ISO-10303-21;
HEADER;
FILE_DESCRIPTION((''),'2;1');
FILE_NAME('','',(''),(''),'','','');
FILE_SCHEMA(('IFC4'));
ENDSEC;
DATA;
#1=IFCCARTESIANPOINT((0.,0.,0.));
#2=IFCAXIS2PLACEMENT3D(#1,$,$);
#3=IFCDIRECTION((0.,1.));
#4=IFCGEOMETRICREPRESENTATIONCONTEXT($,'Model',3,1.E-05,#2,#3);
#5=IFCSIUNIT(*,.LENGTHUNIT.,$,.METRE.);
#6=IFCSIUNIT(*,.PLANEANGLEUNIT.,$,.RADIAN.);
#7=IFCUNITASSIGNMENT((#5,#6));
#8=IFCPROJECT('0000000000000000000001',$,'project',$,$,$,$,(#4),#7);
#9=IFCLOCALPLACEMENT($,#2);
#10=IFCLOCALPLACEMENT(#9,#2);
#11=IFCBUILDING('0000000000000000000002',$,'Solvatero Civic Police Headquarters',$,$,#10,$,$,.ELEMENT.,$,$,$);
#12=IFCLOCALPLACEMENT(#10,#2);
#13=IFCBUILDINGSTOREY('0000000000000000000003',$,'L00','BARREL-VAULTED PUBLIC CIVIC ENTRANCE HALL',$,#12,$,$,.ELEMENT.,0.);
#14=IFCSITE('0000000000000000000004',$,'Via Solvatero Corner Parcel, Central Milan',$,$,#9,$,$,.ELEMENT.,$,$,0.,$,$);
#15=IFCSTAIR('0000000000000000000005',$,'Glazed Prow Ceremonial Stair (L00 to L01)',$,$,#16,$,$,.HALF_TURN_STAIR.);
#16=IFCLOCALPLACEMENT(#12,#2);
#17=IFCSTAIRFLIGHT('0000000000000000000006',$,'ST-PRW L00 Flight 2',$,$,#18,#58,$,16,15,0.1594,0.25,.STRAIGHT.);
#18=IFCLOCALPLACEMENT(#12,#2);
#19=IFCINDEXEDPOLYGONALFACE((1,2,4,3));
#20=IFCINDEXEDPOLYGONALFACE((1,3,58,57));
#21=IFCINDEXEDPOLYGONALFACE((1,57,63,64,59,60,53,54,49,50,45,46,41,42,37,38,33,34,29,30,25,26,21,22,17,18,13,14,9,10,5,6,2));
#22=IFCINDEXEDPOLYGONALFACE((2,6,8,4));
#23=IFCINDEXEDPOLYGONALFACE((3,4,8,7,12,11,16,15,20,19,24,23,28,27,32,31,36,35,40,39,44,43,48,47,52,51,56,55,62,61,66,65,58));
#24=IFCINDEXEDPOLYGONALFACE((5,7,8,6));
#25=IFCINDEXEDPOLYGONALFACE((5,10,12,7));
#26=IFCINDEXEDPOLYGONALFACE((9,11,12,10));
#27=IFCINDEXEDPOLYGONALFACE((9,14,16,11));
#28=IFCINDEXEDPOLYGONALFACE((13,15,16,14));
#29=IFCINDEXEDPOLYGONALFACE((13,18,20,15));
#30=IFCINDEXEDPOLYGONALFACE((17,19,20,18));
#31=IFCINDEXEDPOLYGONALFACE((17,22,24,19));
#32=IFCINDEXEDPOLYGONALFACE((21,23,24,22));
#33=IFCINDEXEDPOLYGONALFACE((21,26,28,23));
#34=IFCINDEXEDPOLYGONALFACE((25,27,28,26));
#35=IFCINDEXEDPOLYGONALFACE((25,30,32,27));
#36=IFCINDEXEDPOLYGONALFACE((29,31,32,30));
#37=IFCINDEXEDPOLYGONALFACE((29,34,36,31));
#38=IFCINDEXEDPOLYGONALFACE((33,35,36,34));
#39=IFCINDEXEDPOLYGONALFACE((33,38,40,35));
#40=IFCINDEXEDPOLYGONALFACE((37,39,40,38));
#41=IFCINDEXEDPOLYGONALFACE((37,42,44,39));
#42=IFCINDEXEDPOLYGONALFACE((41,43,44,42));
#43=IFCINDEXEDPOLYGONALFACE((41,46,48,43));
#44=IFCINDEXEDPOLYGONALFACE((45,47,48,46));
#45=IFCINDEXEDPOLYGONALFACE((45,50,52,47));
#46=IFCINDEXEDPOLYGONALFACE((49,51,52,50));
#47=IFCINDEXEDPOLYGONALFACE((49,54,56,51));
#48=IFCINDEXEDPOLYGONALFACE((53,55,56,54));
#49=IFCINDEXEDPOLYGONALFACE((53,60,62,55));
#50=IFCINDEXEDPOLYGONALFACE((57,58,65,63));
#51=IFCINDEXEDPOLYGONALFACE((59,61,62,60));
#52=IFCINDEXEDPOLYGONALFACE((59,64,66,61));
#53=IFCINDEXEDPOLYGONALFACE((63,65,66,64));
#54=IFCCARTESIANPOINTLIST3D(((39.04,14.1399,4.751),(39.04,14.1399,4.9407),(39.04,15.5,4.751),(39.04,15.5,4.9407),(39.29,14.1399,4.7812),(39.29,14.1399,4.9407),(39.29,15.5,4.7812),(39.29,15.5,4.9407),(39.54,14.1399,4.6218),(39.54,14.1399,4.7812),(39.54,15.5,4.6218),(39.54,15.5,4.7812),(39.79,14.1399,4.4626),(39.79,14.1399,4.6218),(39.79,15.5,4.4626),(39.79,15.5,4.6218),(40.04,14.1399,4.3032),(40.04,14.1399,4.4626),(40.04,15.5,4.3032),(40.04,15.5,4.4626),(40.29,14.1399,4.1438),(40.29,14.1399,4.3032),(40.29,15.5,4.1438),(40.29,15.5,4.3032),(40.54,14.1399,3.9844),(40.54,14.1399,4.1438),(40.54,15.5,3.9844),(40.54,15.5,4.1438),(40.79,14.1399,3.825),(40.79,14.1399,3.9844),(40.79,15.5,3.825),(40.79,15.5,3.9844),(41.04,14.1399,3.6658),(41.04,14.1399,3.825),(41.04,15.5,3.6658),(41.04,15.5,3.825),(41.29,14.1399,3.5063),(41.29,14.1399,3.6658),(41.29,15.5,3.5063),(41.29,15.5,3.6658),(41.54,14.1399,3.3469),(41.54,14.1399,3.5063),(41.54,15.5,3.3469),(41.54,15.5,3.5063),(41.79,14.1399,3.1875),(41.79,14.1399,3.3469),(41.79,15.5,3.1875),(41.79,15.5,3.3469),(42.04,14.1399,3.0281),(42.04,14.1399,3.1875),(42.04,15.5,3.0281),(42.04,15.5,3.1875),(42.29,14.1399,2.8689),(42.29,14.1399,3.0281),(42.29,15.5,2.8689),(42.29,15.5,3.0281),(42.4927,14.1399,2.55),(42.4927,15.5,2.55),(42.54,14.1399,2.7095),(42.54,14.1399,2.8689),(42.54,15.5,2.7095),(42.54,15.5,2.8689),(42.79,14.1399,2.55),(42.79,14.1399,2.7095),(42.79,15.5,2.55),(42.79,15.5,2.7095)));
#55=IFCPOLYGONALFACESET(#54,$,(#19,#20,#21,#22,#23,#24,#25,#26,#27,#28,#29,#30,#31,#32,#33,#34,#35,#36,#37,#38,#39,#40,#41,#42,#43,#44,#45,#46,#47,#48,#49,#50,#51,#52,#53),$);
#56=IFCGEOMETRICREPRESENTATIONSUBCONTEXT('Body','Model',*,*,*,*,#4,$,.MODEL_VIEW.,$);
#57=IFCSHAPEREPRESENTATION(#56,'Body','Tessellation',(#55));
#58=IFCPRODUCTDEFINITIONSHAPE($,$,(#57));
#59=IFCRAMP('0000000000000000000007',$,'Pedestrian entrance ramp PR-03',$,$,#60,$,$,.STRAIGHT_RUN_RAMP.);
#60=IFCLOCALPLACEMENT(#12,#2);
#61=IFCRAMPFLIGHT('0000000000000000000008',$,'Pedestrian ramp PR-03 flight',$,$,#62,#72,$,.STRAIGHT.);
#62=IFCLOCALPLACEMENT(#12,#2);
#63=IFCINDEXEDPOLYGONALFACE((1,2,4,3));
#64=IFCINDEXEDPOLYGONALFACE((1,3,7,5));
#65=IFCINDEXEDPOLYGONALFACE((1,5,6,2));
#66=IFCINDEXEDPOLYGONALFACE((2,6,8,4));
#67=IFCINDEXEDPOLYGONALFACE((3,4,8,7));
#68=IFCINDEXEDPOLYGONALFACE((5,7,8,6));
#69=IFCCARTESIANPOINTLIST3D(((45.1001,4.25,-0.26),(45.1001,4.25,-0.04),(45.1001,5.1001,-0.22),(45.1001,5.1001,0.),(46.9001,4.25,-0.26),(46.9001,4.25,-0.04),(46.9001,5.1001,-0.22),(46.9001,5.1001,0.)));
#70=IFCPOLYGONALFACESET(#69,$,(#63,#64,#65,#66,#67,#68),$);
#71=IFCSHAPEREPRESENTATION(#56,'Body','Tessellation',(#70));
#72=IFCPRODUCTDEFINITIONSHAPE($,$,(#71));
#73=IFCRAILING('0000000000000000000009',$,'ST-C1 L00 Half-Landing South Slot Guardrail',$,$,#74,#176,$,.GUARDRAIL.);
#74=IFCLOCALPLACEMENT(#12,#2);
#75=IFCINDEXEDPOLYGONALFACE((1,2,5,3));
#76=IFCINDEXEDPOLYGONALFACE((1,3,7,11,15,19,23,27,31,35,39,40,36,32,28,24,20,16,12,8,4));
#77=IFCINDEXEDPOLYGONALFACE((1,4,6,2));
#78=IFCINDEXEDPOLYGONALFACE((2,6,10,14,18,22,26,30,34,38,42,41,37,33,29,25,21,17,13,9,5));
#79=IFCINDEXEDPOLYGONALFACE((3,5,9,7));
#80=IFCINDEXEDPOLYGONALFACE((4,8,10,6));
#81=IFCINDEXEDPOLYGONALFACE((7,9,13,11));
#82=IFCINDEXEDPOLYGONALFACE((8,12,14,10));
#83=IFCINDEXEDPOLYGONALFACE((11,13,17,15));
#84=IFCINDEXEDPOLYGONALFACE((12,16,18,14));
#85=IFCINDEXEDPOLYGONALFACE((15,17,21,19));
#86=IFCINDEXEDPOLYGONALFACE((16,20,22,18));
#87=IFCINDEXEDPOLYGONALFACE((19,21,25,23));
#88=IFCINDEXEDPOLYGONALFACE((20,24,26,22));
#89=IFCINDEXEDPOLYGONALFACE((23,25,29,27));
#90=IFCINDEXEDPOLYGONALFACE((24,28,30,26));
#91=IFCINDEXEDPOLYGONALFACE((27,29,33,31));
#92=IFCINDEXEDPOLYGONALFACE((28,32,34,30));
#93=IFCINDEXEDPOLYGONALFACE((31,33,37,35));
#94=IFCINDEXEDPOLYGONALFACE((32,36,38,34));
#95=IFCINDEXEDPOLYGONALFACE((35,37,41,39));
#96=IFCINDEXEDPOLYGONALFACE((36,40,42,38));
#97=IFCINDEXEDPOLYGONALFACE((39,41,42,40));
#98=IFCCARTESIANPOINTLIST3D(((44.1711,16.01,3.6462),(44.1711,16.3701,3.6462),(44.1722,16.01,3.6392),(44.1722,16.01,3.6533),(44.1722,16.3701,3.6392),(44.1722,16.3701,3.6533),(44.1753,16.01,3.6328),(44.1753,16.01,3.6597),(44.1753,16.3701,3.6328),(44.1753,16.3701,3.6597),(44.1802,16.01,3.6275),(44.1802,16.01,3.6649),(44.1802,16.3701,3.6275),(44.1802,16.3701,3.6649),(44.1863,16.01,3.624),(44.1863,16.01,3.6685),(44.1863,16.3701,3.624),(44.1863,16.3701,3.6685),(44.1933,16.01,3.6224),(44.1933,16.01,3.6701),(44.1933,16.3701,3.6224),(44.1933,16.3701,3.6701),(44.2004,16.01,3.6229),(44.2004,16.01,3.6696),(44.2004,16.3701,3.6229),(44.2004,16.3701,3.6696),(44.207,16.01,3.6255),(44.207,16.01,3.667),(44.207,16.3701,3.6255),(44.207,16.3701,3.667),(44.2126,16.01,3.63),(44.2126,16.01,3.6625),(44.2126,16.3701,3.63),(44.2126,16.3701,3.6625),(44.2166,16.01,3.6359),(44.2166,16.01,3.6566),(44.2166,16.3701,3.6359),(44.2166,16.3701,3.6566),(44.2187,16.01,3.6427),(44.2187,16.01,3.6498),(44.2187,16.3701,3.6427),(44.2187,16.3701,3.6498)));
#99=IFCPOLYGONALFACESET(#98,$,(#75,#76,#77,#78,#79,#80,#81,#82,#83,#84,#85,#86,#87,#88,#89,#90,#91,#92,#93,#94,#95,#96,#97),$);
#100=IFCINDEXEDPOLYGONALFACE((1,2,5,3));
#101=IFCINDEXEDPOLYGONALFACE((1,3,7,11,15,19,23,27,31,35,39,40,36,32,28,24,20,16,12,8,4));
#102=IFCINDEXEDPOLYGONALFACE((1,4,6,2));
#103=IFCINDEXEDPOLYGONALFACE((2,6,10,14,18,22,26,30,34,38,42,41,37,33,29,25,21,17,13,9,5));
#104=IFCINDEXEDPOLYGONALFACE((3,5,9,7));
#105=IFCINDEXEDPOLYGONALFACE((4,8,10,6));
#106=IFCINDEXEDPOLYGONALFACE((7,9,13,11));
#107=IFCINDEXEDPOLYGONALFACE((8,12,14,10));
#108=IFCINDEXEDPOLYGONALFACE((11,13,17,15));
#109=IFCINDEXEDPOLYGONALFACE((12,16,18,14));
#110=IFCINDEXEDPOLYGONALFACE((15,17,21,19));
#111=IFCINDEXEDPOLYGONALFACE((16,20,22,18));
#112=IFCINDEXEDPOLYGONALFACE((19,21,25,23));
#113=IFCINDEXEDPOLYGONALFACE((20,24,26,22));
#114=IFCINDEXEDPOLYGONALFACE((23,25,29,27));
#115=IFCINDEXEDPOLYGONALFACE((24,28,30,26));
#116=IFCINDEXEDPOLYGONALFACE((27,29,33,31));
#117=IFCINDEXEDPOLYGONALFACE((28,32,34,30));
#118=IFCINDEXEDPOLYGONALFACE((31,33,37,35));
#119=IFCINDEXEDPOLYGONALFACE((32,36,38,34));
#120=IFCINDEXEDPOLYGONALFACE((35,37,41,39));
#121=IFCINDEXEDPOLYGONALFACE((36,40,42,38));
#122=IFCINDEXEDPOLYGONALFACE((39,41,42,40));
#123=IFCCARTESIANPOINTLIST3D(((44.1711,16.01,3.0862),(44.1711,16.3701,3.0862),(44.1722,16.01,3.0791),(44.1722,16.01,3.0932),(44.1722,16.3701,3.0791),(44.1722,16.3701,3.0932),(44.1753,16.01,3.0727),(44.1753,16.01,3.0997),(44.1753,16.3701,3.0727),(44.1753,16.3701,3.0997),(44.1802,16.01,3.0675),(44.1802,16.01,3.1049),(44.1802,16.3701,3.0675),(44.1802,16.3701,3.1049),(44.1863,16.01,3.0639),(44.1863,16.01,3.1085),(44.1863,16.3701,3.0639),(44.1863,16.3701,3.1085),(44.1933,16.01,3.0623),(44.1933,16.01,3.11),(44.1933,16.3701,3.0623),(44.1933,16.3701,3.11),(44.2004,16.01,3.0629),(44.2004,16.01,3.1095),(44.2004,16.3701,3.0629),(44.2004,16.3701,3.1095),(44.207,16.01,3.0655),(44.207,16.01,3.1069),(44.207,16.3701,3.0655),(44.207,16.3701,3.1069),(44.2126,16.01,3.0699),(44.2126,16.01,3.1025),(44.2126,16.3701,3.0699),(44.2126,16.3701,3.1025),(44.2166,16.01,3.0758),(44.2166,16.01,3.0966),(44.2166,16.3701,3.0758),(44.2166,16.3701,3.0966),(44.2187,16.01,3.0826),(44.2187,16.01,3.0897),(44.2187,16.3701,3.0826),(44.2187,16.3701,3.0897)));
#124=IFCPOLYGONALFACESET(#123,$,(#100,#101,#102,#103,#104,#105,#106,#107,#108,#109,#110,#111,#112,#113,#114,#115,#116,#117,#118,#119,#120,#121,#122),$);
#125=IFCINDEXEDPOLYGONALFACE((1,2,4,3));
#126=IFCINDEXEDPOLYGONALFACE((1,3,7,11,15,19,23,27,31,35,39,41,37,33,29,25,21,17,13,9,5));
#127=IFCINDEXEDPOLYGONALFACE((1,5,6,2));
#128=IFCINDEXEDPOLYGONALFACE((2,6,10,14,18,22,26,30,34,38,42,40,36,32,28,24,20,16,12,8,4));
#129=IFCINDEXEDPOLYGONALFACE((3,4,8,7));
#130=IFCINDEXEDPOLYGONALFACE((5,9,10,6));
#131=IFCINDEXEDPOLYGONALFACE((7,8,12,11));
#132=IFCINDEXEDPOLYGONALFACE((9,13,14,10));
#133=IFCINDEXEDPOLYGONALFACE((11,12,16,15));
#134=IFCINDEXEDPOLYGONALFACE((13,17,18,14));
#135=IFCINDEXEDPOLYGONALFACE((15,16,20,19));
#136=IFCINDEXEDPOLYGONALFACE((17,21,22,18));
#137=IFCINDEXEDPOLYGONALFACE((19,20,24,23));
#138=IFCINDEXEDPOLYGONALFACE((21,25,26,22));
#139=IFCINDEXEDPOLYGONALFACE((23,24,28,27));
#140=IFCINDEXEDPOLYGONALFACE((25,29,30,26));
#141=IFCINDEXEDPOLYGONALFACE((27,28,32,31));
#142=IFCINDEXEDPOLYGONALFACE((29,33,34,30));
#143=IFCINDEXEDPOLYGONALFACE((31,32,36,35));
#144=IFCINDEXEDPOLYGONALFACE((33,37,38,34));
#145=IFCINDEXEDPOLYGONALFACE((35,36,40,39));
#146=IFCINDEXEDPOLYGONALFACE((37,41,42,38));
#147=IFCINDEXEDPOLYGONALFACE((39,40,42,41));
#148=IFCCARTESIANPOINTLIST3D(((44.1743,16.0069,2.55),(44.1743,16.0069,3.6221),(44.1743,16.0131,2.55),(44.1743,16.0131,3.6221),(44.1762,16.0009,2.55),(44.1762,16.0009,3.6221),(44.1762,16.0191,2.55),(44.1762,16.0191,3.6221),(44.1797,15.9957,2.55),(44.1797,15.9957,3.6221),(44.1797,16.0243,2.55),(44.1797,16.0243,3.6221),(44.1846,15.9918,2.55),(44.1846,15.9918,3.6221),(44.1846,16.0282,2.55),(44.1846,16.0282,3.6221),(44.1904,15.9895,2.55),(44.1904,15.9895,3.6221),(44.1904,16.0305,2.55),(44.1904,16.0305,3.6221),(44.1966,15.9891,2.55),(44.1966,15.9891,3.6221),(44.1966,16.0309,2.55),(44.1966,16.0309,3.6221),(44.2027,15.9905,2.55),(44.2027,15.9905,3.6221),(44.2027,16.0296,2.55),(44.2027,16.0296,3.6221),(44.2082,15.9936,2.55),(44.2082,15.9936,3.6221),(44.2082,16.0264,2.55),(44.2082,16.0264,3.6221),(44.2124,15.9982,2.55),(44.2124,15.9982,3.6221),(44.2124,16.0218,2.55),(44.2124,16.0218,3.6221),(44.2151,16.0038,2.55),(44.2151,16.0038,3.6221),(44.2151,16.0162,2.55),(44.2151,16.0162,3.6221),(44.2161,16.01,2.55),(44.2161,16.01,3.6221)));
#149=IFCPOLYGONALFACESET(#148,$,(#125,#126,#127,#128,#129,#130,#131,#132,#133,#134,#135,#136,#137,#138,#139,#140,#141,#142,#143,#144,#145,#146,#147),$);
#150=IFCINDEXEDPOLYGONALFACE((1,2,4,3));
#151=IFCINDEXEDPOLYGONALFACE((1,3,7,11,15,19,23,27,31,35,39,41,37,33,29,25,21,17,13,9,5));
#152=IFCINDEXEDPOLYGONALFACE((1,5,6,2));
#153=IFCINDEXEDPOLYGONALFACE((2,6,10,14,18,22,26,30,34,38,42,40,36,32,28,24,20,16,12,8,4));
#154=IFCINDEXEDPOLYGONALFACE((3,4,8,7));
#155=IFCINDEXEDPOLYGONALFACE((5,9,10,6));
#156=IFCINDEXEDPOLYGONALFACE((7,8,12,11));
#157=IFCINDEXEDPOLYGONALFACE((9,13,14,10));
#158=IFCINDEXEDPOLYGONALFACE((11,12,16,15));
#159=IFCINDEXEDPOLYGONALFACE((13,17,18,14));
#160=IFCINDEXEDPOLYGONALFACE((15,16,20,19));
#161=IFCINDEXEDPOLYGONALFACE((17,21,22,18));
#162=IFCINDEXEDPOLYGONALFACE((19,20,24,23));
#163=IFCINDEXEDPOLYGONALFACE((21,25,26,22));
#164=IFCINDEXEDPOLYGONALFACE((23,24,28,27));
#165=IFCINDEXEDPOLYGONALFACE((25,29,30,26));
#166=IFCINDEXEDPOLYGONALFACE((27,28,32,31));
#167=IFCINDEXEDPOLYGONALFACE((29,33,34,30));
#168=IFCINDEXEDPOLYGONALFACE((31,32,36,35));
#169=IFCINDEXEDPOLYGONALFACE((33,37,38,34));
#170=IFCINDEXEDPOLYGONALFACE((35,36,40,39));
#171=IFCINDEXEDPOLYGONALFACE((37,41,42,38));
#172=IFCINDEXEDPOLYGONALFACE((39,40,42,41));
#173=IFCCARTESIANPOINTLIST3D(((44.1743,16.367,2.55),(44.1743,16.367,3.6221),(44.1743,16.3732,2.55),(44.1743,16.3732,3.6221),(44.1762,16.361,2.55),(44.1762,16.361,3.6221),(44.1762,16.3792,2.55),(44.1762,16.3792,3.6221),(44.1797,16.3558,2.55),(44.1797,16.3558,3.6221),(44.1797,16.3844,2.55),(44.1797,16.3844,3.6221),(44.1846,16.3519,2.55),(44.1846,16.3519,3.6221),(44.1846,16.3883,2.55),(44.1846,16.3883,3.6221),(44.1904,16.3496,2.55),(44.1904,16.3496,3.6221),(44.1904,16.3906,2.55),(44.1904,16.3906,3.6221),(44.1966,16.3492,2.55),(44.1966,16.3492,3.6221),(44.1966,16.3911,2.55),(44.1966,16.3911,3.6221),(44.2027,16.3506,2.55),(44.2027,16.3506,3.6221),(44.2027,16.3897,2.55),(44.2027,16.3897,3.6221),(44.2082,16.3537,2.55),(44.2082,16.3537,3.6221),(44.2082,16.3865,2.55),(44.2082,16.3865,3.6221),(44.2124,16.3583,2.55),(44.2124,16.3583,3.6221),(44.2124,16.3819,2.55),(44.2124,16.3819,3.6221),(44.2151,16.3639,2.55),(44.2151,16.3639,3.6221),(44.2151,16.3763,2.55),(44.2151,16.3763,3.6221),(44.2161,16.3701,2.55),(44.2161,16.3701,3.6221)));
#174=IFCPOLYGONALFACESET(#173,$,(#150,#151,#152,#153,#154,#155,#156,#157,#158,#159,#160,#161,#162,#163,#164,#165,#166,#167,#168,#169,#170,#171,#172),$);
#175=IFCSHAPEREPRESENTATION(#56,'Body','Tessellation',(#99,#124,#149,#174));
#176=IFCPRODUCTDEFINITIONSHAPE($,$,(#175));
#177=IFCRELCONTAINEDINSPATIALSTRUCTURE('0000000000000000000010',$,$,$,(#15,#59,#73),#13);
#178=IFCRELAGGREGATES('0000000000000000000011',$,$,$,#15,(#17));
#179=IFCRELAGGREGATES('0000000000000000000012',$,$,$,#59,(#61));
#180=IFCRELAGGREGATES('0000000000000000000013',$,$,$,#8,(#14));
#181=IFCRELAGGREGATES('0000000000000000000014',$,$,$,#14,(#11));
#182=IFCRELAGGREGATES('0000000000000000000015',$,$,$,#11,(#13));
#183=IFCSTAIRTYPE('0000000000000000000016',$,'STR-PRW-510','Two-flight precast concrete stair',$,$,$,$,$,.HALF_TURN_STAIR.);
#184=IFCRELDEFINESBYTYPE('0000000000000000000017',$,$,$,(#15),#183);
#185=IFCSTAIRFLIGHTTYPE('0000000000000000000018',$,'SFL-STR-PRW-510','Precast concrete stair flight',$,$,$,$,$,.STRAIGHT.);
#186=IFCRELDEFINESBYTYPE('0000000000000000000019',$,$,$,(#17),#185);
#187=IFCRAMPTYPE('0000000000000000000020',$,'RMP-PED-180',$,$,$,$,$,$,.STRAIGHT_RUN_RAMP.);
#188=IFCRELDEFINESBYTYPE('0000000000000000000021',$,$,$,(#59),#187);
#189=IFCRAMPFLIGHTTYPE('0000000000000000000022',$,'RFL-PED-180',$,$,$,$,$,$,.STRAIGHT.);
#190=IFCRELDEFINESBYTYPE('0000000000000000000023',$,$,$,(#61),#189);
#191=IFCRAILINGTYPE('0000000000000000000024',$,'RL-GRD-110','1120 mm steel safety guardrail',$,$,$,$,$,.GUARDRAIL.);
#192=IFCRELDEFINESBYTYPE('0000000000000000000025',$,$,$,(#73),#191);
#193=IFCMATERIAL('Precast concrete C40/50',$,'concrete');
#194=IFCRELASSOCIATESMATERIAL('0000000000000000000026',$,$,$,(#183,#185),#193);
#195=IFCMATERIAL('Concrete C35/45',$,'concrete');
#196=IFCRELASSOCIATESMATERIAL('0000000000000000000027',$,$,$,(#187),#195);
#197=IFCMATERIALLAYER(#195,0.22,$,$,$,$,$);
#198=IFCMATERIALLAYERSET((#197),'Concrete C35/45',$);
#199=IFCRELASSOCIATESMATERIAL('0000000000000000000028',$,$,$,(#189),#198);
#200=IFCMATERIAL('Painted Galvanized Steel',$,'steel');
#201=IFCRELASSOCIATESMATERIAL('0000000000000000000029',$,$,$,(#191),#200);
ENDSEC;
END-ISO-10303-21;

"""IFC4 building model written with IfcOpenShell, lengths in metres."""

from ifc_helpers import new_model, si_unit, direction, frame, origin, origin_2d, place, context, subcontext, project, spatial, polyline, circle, outline, extrude, material, layer, layer_set, type_object, element, aggregate, save


model = new_model("IFC4")

# Units and contexts
model_context = context("Model", 3, precision=1e-05, world=origin(), true_north=direction((0.0, 1.0)))
body_context = subcontext(model_context, "Body", "Model", "MODEL_VIEW")
ifc_project = project(units=[si_unit("LENGTHUNIT", "METRE"), si_unit("PLANEANGLEUNIT", "RADIAN")], contexts=[model_context])

# Site, building, storey
site_placement = place(None, origin())
site = spatial("IfcSite", under=ifc_project, at=site_placement, Name="Via Solvatero Corner Parcel, Central Milan", CompositionType="ELEMENT", RefElevation=0.0)
building_placement = place(site_placement, origin())
building = spatial("IfcBuilding", under=site, at=building_placement, Name="Solvatero Civic Police Headquarters", CompositionType="ELEMENT")
storey_placement = place(building_placement, origin())
storey = spatial("IfcBuildingStorey", under=building, at=storey_placement, Name="L00", Description="BARREL-VAULTED PUBLIC CIVIC ENTRANCE HALL", CompositionType="ELEMENT", Elevation=0.0)

# Shared definitions
ifc_material_1 = material(Name="Concrete C35/45", Category="concrete")

# Stair, stair flight
ifc_material_2 = material(Name="Precast concrete C40/50", Category="concrete")
stair_type = type_object("IfcStairType", Name="STR-PRW-510", Description="Two-flight precast concrete stair", PredefinedType="HALF_TURN_STAIR", material=ifc_material_2)
stair_placement = place(storey_placement, origin())
stair = element("IfcStair", 1, at=stair_placement, inside=storey, type_object=stair_type, Name="Glazed Prow Ceremonial Stair (L00 to L01)", PredefinedType="HALF_TURN_STAIR")
stair_flight_type = type_object("IfcStairFlightType", Name="SFL-STR-PRW-510", Description="Precast concrete stair flight", PredefinedType="STRAIGHT", material=ifc_material_2)
stair_flight_placement = place(storey_placement, frame((42.79, 14.8201, 2.55), z_axis=(0.0, 0.0, 1.0), x_axis=(-1.0, 0.0, 0.0)))
stair_flight = element("IfcStairFlight", 2, at=stair_flight_placement, type_object=stair_flight_type, Name="ST-PRW L00 Flight 2", NumberOfRisers=16, NumberOfTreads=15, PredefinedType="STRAIGHT", RiserHeight=0.1594, TreadLength=0.25, context=body_context, shape_type="SweptSolid", body=[
    extrude(outline(polyline([(0.0, 0.0), (0.0, 0.1594), (0.25, 0.1594), (0.25, 0.3188), (0.5, 0.3188), (0.5, 0.478), (0.75, 0.478), (0.75, 0.6375), (1.0, 0.6375), (1.0, 0.7969), (1.25, 0.7969), (1.25, 0.9563), (1.5, 0.9563), (1.5, 1.1157), (1.75, 1.1157), (1.75, 1.2749), (2.0, 1.2749), (2.0, 1.4343), (2.25, 1.4343), (2.25, 1.5938), (2.5, 1.5938), (2.5, 1.7532), (2.75, 1.7532), (2.75, 1.9126), (3.0, 1.9126), (3.0, 2.0718), (3.25, 2.0718), (3.25, 2.2312), (3.5, 2.2312), (3.5, 2.3906), (3.75, 2.3906), (3.75, 2.55), (3.75, 2.2009), (0.2974, 0.0), (0.0, 0.0)])), frame((0.0, 0.6802, 0.0), z_axis=(0.0, -1.0, 0.0), x_axis=(1.0, 0.0, 0.0)), (0.0, 0.0, 1.0), 1.3601),
])
aggregate(stair, [stair_flight])

# Ramp, ramp flight
ramp_type = type_object("IfcRampType", Name="RMP-PED-180", PredefinedType="STRAIGHT_RUN_RAMP", material=ifc_material_1)
ramp_placement = place(storey_placement, origin())
ramp = element("IfcRamp", 3, at=ramp_placement, inside=storey, type_object=ramp_type, Name="Pedestrian entrance ramp PR-03", PredefinedType="STRAIGHT_RUN_RAMP")
ifc_layer_1 = layer(ifc_material_1, 0.22)
ifc_layer_set_1 = layer_set([ifc_layer_1], Name="Concrete C35/45")
ramp_flight_type = type_object("IfcRampFlightType", Name="RFL-PED-180", PredefinedType="STRAIGHT", material=ifc_layer_set_1)
ramp_flight_placement = place(storey_placement, frame((46.0, 4.25, -0.04), z_axis=(0.0, 0.0, 1.0), x_axis=(0.0, 1.0, 0.0)))
ramp_flight = element("IfcRampFlight", 4, at=ramp_flight_placement, type_object=ramp_flight_type, Name="Pedestrian ramp PR-03 flight", PredefinedType="STRAIGHT", context=body_context, shape_type="SweptSolid", body=[
    extrude(outline(polyline([(0.0, 0.0), (0.8501, 0.04), (0.8501, -0.1799), (0.0, -0.22), (0.0, 0.0)])), frame((0.0, 0.8999, 0.0), z_axis=(0.0, -1.0, 0.0), x_axis=(1.0, 0.0, 0.0)), (0.0, 0.0, 1.0), 1.8),
])
aggregate(ramp, [ramp_flight])

# Railing
ifc_material_3 = material(Name="Painted Galvanized Steel", Category="steel")
railing_type_1 = type_object("IfcRailingType", Name="RL-GRD-110", Description="1120 mm steel safety guardrail", PredefinedType="GUARDRAIL", material=ifc_material_3)
railing_1_placement = place(storey_placement, frame((44.1951, 16.01, 2.55)))
element("IfcRailing", 5, at=railing_1_placement, inside=storey, type_object=railing_type_1, Name="ST-C1 L00 Half-Landing South Slot Guardrail", PredefinedType="GUARDRAIL", context=body_context, shape_type="SweptSolid", body=[
    extrude(circle(Radius=0.0239, at=origin_2d()), frame((0.0, 0.0, 1.0962), z_axis=(0.0, 1.0, 0.0), x_axis=(-1.0, 0.0, 0.0)), (0.0, 0.0, 1.0), 0.3601),
    extrude(circle(Radius=0.0239, at=origin_2d()), frame((0.0, 0.0, 0.5361), z_axis=(0.0, 1.0, 0.0), x_axis=(-1.0, 0.0, 0.0)), (0.0, 0.0, 1.0), 0.3601),
    extrude(circle(Radius=0.021, at=origin_2d()), origin(), (0.0, 0.0, 1.0), 1.072),
    extrude(circle(Radius=0.021, at=origin_2d()), frame((0.0, 0.3601, 0.0)), (0.0, 0.0, 1.0), 1.072),
])

save(model, "model.ifc")
